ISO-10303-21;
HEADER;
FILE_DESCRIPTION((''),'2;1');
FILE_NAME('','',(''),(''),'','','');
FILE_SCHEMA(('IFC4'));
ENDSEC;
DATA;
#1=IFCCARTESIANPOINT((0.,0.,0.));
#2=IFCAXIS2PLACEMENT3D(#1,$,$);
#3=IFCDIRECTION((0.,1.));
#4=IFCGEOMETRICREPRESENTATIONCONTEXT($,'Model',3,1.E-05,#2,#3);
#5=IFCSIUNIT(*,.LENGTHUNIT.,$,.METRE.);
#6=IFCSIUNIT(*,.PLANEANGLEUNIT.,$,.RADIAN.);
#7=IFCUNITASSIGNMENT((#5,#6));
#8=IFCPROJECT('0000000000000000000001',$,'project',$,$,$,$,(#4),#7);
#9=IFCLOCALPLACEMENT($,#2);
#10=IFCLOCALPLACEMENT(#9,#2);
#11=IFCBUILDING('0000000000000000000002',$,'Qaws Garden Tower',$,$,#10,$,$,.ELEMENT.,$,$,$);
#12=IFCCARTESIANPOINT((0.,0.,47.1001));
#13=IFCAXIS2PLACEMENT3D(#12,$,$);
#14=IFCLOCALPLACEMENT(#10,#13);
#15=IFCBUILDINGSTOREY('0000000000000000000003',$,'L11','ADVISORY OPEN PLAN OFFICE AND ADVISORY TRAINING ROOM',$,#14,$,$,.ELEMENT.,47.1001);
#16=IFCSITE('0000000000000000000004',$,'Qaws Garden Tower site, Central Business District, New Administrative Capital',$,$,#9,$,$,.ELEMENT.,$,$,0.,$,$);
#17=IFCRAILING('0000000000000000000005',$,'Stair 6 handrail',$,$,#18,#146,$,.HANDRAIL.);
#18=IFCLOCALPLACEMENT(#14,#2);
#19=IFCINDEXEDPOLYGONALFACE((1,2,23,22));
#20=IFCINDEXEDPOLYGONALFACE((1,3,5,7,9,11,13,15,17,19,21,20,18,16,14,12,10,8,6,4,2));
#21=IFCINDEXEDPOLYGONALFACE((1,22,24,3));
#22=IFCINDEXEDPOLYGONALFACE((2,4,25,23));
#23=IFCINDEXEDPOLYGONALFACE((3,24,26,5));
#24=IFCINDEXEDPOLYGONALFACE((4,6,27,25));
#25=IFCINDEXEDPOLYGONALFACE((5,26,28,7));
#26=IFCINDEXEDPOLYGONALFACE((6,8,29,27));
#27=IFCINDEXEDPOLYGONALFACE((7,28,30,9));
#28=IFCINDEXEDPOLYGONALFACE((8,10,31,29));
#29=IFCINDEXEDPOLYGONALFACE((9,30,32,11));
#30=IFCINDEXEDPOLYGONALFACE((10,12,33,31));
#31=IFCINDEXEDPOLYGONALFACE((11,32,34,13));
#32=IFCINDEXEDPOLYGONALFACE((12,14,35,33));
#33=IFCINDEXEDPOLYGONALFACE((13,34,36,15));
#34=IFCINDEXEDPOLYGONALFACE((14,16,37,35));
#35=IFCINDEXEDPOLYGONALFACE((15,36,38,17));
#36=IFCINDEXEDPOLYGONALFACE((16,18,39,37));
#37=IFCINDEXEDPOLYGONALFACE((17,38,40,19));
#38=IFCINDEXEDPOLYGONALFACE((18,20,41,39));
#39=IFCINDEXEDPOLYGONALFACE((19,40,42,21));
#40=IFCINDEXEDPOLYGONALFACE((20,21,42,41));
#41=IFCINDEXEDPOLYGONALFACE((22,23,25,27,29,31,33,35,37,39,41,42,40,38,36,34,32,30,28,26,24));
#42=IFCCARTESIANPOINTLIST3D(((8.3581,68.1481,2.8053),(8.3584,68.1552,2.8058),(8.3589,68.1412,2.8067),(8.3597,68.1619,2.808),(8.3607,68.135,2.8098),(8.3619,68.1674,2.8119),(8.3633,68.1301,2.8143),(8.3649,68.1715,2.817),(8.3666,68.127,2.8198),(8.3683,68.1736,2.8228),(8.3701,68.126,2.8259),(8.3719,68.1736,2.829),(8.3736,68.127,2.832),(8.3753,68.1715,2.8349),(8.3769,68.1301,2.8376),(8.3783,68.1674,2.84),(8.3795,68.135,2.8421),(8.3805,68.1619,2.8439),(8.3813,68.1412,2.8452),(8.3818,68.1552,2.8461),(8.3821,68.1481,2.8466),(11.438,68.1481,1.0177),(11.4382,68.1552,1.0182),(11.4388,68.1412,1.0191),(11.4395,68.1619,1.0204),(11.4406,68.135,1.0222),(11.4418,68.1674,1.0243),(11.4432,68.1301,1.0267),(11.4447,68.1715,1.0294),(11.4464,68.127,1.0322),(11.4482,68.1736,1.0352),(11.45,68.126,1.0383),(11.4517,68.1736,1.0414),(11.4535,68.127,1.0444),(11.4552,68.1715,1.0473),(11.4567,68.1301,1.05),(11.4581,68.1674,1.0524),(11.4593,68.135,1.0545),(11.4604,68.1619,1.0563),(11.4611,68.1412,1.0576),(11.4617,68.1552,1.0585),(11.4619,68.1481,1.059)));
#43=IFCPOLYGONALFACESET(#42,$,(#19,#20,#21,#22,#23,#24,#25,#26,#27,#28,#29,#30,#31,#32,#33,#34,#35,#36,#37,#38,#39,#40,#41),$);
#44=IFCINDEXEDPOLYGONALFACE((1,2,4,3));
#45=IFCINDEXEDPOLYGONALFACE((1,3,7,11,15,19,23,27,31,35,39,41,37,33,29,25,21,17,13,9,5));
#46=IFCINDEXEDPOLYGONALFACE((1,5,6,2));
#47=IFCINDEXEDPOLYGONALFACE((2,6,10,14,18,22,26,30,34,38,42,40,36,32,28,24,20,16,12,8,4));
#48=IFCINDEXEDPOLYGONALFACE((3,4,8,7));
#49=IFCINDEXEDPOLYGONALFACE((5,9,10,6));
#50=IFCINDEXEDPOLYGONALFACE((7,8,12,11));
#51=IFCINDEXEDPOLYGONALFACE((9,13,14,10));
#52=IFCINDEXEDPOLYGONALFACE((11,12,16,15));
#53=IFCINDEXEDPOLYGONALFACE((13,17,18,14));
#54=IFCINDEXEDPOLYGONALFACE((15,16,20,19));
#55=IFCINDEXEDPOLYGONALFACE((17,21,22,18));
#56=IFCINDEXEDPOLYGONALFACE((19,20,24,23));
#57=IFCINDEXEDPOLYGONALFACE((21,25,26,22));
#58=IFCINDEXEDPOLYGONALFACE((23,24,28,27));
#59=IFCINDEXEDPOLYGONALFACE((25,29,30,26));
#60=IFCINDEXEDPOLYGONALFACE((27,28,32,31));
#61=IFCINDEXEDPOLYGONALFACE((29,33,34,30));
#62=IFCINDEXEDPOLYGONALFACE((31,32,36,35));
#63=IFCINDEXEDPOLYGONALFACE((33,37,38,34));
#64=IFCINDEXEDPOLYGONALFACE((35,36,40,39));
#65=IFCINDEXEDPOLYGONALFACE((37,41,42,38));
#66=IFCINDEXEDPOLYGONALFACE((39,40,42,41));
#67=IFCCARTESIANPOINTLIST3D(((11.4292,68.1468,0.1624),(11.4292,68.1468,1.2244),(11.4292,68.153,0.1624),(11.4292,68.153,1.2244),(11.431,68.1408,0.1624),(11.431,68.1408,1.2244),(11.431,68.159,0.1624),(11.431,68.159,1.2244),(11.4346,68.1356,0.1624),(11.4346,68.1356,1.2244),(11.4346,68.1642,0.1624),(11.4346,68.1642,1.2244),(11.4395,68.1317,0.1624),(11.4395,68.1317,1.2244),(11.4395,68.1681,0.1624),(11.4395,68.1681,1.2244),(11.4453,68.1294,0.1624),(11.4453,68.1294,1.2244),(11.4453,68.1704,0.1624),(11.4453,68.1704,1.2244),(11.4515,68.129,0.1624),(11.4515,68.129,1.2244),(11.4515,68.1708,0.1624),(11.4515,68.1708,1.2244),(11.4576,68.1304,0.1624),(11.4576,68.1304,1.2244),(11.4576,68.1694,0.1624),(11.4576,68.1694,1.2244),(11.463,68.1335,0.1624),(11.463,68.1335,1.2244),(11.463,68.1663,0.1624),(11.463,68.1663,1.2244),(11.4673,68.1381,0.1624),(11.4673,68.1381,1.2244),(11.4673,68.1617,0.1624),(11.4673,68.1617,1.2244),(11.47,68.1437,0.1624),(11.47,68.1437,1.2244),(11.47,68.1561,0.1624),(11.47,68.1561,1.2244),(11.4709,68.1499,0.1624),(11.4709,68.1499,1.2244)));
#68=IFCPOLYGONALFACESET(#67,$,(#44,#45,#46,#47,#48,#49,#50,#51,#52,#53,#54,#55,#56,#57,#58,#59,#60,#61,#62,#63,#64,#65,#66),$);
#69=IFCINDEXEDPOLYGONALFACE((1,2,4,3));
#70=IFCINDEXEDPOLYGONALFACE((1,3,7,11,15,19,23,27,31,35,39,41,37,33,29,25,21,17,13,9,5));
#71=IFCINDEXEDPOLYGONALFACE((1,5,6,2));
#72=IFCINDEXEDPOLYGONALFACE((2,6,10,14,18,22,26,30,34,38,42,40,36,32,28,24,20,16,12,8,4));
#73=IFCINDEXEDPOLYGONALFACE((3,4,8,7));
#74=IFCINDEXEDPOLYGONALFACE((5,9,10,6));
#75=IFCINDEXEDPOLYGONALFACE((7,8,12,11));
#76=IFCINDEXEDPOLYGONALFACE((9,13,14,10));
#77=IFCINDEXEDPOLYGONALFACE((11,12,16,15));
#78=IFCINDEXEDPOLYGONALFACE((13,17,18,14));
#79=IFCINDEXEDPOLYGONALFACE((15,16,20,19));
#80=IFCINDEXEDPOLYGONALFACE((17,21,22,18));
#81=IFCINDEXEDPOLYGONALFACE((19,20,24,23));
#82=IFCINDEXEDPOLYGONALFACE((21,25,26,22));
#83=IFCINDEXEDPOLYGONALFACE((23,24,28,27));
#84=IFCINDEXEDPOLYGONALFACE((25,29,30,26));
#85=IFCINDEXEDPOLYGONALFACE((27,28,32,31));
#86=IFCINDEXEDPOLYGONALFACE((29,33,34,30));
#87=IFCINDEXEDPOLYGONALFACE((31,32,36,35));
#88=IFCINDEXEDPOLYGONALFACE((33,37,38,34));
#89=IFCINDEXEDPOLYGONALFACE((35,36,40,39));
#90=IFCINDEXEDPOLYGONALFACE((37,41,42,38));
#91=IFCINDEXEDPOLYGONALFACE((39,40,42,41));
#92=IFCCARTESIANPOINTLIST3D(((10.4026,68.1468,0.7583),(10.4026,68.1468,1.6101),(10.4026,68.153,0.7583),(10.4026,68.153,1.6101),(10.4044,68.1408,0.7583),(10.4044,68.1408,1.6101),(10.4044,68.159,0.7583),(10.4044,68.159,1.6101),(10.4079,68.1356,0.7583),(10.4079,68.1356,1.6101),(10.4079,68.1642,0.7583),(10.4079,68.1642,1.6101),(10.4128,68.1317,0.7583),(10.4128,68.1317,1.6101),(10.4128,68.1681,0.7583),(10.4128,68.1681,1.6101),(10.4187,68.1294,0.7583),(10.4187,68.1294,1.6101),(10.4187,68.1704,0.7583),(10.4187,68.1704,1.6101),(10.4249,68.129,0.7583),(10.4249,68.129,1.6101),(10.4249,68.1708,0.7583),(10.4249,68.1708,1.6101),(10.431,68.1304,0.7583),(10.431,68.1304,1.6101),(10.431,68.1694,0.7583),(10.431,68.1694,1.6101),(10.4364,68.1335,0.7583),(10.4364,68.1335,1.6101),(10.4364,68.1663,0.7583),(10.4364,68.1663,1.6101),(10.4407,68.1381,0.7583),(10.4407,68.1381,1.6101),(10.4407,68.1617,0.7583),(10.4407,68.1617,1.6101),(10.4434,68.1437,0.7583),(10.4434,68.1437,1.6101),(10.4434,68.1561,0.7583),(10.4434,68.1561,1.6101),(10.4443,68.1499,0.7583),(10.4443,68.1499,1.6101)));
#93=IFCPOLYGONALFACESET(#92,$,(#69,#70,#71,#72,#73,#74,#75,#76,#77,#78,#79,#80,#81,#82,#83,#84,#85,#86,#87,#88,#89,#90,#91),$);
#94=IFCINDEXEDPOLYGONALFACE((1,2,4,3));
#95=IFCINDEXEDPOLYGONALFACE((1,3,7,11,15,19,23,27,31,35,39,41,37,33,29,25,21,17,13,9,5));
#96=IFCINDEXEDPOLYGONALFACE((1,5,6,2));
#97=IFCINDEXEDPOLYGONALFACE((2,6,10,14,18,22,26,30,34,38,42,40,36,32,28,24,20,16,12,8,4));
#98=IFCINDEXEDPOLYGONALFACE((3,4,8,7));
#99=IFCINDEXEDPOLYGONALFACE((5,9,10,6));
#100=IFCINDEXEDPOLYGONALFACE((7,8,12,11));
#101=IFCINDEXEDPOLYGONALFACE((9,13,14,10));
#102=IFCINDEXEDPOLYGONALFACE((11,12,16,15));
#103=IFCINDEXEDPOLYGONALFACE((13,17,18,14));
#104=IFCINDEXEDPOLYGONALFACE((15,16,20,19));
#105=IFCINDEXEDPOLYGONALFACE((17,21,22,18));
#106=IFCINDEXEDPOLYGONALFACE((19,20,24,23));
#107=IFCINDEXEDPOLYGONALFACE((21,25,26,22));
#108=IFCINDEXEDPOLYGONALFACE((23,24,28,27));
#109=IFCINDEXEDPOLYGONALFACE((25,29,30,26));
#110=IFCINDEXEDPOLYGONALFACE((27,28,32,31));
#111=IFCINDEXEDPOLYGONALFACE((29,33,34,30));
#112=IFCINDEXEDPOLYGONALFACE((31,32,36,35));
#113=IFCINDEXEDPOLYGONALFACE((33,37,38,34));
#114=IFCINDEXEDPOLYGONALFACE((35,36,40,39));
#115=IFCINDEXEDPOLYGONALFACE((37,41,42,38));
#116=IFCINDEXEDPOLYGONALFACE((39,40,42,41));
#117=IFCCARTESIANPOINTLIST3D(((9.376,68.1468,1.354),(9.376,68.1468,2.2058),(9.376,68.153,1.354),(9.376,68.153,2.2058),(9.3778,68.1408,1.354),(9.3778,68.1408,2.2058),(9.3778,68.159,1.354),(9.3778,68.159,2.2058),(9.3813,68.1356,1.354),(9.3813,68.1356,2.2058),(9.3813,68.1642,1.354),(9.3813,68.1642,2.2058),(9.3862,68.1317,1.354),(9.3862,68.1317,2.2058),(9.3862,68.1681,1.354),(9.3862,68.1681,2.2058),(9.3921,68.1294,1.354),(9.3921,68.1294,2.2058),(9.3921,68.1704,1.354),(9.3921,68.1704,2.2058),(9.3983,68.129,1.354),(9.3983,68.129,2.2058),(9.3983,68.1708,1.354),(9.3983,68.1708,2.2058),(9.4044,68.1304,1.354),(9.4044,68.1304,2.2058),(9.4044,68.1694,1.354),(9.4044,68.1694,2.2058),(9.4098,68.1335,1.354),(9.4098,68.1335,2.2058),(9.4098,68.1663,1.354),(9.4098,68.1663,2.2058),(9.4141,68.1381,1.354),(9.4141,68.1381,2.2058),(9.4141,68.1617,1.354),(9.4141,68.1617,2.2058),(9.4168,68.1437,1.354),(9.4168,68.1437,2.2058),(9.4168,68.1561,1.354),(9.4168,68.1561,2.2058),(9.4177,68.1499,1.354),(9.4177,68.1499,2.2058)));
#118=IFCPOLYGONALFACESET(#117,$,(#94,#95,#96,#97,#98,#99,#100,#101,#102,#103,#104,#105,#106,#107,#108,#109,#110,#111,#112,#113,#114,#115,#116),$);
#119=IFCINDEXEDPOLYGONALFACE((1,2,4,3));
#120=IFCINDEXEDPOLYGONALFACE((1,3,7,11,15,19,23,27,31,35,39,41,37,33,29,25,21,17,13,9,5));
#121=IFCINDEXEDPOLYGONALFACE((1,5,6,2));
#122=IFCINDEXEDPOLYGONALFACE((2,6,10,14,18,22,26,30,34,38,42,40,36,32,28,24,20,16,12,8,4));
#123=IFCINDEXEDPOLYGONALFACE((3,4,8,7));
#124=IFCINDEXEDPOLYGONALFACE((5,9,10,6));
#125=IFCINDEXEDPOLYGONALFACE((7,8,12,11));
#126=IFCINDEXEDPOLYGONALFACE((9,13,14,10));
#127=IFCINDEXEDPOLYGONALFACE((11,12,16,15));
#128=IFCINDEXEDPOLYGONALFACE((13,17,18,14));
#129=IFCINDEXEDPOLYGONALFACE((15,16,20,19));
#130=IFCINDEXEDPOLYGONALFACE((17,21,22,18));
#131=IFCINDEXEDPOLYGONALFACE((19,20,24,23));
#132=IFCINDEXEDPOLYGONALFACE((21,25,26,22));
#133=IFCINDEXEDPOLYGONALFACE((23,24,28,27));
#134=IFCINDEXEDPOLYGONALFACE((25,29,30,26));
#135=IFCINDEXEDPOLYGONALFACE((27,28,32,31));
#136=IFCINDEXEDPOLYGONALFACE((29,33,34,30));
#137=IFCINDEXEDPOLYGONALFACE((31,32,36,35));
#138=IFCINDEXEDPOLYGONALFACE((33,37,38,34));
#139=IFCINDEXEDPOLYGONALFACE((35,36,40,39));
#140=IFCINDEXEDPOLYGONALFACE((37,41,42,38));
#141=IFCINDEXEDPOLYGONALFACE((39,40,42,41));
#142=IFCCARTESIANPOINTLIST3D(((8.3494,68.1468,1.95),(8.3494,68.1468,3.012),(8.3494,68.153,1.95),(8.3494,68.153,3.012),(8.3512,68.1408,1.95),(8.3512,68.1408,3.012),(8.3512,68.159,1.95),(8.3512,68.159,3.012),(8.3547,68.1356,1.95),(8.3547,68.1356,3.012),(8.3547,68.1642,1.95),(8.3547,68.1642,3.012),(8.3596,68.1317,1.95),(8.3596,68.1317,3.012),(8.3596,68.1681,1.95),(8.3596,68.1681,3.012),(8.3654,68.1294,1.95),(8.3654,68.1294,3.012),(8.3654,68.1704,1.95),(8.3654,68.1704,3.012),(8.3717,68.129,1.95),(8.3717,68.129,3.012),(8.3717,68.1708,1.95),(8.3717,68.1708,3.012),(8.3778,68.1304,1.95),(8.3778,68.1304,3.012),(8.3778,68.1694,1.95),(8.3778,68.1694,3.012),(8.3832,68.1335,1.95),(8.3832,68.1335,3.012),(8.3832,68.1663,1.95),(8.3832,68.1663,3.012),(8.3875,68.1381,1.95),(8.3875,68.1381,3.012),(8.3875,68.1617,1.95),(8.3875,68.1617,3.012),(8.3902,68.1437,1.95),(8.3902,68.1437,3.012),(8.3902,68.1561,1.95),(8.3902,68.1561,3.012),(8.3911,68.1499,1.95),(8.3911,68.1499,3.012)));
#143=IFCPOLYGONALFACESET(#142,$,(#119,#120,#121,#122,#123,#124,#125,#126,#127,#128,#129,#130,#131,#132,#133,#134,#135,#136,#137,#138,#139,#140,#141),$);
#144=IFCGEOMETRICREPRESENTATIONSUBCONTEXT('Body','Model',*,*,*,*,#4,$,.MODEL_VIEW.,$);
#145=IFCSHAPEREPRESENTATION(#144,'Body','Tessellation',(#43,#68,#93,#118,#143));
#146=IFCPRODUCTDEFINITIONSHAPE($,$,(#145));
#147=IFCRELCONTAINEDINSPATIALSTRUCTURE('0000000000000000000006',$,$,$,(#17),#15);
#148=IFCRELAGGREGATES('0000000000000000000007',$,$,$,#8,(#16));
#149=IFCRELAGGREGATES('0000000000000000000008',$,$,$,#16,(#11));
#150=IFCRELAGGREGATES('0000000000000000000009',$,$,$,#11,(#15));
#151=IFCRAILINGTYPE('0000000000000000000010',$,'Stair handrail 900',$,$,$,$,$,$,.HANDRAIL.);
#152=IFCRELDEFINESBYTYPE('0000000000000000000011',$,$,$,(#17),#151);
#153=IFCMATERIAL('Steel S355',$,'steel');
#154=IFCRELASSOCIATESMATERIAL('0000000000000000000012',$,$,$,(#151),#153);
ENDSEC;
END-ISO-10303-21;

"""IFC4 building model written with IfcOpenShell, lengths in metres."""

from ifc_helpers import new_model, si_unit, direction, frame, origin, origin_2d, place, context, subcontext, project, spatial, circle, extrude, material, type_object, element, save


model = new_model("IFC4")

# Units and contexts
model_context = context("Model", 3, precision=1e-05, world=origin(), true_north=direction((0.0, 1.0)))
body_context = subcontext(model_context, "Body", "Model", "MODEL_VIEW")
ifc_project = project(units=[si_unit("LENGTHUNIT", "METRE"), si_unit("PLANEANGLEUNIT", "RADIAN")], contexts=[model_context])

# Site, building, storey
site_placement = place(None, origin())
site = spatial("IfcSite", under=ifc_project, at=site_placement, Name="Qaws Garden Tower site, Central Business District, New Administrative Capital", CompositionType="ELEMENT", RefElevation=0.0)
building_placement = place(site_placement, origin())
building = spatial("IfcBuilding", under=site, at=building_placement, Name="Qaws Garden Tower", CompositionType="ELEMENT")
storey_placement = place(building_placement, frame((0.0, 0.0, 47.1001)))
storey = spatial("IfcBuildingStorey", under=building, at=storey_placement, Name="L11", Description="ADVISORY OPEN PLAN OFFICE AND ADVISORY TRAINING ROOM", CompositionType="ELEMENT", Elevation=47.1001)

# Railing
ifc_material_1 = material(Name="Steel S355", Category="steel")
railing_type = type_object("IfcRailingType", Name="Stair handrail 900", PredefinedType="HANDRAIL", material=ifc_material_1)
railing_1_placement = place(storey_placement, frame((11.45, 68.1499, 0.1624)))
element("IfcRailing", 1, at=railing_1_placement, inside=storey, type_object=railing_type, Name="Stair 6 handrail", PredefinedType="HANDRAIL", context=body_context, shape_type="SweptSolid", body=[
    extrude(circle(Radius=0.0239, at=origin_2d()), frame((0.0, 0.0, 0.876), z_axis=(-0.864873, 0.0, 0.50199), x_axis=(0.0, -1.0, 0.0)), (0.0, 0.0, 1.0), 3.561),
    extrude(circle(Radius=0.021, at=origin_2d()), origin(), (0.0, 0.0, 1.0), 1.062),
    extrude(circle(Radius=0.021, at=origin_2d()), frame((-1.0266, 0.0, 0.5959)), (0.0, 0.0, 1.0), 0.8518),
    extrude(circle(Radius=0.021, at=origin_2d()), frame((-2.0532, 0.0, 1.1917)), (0.0, 0.0, 1.0), 0.8518),
    extrude(circle(Radius=0.021, at=origin_2d()), frame((-3.0798, 0.0, 1.7876)), (0.0, 0.0, 1.0), 1.062),
])

save(model, "model.ifc")
